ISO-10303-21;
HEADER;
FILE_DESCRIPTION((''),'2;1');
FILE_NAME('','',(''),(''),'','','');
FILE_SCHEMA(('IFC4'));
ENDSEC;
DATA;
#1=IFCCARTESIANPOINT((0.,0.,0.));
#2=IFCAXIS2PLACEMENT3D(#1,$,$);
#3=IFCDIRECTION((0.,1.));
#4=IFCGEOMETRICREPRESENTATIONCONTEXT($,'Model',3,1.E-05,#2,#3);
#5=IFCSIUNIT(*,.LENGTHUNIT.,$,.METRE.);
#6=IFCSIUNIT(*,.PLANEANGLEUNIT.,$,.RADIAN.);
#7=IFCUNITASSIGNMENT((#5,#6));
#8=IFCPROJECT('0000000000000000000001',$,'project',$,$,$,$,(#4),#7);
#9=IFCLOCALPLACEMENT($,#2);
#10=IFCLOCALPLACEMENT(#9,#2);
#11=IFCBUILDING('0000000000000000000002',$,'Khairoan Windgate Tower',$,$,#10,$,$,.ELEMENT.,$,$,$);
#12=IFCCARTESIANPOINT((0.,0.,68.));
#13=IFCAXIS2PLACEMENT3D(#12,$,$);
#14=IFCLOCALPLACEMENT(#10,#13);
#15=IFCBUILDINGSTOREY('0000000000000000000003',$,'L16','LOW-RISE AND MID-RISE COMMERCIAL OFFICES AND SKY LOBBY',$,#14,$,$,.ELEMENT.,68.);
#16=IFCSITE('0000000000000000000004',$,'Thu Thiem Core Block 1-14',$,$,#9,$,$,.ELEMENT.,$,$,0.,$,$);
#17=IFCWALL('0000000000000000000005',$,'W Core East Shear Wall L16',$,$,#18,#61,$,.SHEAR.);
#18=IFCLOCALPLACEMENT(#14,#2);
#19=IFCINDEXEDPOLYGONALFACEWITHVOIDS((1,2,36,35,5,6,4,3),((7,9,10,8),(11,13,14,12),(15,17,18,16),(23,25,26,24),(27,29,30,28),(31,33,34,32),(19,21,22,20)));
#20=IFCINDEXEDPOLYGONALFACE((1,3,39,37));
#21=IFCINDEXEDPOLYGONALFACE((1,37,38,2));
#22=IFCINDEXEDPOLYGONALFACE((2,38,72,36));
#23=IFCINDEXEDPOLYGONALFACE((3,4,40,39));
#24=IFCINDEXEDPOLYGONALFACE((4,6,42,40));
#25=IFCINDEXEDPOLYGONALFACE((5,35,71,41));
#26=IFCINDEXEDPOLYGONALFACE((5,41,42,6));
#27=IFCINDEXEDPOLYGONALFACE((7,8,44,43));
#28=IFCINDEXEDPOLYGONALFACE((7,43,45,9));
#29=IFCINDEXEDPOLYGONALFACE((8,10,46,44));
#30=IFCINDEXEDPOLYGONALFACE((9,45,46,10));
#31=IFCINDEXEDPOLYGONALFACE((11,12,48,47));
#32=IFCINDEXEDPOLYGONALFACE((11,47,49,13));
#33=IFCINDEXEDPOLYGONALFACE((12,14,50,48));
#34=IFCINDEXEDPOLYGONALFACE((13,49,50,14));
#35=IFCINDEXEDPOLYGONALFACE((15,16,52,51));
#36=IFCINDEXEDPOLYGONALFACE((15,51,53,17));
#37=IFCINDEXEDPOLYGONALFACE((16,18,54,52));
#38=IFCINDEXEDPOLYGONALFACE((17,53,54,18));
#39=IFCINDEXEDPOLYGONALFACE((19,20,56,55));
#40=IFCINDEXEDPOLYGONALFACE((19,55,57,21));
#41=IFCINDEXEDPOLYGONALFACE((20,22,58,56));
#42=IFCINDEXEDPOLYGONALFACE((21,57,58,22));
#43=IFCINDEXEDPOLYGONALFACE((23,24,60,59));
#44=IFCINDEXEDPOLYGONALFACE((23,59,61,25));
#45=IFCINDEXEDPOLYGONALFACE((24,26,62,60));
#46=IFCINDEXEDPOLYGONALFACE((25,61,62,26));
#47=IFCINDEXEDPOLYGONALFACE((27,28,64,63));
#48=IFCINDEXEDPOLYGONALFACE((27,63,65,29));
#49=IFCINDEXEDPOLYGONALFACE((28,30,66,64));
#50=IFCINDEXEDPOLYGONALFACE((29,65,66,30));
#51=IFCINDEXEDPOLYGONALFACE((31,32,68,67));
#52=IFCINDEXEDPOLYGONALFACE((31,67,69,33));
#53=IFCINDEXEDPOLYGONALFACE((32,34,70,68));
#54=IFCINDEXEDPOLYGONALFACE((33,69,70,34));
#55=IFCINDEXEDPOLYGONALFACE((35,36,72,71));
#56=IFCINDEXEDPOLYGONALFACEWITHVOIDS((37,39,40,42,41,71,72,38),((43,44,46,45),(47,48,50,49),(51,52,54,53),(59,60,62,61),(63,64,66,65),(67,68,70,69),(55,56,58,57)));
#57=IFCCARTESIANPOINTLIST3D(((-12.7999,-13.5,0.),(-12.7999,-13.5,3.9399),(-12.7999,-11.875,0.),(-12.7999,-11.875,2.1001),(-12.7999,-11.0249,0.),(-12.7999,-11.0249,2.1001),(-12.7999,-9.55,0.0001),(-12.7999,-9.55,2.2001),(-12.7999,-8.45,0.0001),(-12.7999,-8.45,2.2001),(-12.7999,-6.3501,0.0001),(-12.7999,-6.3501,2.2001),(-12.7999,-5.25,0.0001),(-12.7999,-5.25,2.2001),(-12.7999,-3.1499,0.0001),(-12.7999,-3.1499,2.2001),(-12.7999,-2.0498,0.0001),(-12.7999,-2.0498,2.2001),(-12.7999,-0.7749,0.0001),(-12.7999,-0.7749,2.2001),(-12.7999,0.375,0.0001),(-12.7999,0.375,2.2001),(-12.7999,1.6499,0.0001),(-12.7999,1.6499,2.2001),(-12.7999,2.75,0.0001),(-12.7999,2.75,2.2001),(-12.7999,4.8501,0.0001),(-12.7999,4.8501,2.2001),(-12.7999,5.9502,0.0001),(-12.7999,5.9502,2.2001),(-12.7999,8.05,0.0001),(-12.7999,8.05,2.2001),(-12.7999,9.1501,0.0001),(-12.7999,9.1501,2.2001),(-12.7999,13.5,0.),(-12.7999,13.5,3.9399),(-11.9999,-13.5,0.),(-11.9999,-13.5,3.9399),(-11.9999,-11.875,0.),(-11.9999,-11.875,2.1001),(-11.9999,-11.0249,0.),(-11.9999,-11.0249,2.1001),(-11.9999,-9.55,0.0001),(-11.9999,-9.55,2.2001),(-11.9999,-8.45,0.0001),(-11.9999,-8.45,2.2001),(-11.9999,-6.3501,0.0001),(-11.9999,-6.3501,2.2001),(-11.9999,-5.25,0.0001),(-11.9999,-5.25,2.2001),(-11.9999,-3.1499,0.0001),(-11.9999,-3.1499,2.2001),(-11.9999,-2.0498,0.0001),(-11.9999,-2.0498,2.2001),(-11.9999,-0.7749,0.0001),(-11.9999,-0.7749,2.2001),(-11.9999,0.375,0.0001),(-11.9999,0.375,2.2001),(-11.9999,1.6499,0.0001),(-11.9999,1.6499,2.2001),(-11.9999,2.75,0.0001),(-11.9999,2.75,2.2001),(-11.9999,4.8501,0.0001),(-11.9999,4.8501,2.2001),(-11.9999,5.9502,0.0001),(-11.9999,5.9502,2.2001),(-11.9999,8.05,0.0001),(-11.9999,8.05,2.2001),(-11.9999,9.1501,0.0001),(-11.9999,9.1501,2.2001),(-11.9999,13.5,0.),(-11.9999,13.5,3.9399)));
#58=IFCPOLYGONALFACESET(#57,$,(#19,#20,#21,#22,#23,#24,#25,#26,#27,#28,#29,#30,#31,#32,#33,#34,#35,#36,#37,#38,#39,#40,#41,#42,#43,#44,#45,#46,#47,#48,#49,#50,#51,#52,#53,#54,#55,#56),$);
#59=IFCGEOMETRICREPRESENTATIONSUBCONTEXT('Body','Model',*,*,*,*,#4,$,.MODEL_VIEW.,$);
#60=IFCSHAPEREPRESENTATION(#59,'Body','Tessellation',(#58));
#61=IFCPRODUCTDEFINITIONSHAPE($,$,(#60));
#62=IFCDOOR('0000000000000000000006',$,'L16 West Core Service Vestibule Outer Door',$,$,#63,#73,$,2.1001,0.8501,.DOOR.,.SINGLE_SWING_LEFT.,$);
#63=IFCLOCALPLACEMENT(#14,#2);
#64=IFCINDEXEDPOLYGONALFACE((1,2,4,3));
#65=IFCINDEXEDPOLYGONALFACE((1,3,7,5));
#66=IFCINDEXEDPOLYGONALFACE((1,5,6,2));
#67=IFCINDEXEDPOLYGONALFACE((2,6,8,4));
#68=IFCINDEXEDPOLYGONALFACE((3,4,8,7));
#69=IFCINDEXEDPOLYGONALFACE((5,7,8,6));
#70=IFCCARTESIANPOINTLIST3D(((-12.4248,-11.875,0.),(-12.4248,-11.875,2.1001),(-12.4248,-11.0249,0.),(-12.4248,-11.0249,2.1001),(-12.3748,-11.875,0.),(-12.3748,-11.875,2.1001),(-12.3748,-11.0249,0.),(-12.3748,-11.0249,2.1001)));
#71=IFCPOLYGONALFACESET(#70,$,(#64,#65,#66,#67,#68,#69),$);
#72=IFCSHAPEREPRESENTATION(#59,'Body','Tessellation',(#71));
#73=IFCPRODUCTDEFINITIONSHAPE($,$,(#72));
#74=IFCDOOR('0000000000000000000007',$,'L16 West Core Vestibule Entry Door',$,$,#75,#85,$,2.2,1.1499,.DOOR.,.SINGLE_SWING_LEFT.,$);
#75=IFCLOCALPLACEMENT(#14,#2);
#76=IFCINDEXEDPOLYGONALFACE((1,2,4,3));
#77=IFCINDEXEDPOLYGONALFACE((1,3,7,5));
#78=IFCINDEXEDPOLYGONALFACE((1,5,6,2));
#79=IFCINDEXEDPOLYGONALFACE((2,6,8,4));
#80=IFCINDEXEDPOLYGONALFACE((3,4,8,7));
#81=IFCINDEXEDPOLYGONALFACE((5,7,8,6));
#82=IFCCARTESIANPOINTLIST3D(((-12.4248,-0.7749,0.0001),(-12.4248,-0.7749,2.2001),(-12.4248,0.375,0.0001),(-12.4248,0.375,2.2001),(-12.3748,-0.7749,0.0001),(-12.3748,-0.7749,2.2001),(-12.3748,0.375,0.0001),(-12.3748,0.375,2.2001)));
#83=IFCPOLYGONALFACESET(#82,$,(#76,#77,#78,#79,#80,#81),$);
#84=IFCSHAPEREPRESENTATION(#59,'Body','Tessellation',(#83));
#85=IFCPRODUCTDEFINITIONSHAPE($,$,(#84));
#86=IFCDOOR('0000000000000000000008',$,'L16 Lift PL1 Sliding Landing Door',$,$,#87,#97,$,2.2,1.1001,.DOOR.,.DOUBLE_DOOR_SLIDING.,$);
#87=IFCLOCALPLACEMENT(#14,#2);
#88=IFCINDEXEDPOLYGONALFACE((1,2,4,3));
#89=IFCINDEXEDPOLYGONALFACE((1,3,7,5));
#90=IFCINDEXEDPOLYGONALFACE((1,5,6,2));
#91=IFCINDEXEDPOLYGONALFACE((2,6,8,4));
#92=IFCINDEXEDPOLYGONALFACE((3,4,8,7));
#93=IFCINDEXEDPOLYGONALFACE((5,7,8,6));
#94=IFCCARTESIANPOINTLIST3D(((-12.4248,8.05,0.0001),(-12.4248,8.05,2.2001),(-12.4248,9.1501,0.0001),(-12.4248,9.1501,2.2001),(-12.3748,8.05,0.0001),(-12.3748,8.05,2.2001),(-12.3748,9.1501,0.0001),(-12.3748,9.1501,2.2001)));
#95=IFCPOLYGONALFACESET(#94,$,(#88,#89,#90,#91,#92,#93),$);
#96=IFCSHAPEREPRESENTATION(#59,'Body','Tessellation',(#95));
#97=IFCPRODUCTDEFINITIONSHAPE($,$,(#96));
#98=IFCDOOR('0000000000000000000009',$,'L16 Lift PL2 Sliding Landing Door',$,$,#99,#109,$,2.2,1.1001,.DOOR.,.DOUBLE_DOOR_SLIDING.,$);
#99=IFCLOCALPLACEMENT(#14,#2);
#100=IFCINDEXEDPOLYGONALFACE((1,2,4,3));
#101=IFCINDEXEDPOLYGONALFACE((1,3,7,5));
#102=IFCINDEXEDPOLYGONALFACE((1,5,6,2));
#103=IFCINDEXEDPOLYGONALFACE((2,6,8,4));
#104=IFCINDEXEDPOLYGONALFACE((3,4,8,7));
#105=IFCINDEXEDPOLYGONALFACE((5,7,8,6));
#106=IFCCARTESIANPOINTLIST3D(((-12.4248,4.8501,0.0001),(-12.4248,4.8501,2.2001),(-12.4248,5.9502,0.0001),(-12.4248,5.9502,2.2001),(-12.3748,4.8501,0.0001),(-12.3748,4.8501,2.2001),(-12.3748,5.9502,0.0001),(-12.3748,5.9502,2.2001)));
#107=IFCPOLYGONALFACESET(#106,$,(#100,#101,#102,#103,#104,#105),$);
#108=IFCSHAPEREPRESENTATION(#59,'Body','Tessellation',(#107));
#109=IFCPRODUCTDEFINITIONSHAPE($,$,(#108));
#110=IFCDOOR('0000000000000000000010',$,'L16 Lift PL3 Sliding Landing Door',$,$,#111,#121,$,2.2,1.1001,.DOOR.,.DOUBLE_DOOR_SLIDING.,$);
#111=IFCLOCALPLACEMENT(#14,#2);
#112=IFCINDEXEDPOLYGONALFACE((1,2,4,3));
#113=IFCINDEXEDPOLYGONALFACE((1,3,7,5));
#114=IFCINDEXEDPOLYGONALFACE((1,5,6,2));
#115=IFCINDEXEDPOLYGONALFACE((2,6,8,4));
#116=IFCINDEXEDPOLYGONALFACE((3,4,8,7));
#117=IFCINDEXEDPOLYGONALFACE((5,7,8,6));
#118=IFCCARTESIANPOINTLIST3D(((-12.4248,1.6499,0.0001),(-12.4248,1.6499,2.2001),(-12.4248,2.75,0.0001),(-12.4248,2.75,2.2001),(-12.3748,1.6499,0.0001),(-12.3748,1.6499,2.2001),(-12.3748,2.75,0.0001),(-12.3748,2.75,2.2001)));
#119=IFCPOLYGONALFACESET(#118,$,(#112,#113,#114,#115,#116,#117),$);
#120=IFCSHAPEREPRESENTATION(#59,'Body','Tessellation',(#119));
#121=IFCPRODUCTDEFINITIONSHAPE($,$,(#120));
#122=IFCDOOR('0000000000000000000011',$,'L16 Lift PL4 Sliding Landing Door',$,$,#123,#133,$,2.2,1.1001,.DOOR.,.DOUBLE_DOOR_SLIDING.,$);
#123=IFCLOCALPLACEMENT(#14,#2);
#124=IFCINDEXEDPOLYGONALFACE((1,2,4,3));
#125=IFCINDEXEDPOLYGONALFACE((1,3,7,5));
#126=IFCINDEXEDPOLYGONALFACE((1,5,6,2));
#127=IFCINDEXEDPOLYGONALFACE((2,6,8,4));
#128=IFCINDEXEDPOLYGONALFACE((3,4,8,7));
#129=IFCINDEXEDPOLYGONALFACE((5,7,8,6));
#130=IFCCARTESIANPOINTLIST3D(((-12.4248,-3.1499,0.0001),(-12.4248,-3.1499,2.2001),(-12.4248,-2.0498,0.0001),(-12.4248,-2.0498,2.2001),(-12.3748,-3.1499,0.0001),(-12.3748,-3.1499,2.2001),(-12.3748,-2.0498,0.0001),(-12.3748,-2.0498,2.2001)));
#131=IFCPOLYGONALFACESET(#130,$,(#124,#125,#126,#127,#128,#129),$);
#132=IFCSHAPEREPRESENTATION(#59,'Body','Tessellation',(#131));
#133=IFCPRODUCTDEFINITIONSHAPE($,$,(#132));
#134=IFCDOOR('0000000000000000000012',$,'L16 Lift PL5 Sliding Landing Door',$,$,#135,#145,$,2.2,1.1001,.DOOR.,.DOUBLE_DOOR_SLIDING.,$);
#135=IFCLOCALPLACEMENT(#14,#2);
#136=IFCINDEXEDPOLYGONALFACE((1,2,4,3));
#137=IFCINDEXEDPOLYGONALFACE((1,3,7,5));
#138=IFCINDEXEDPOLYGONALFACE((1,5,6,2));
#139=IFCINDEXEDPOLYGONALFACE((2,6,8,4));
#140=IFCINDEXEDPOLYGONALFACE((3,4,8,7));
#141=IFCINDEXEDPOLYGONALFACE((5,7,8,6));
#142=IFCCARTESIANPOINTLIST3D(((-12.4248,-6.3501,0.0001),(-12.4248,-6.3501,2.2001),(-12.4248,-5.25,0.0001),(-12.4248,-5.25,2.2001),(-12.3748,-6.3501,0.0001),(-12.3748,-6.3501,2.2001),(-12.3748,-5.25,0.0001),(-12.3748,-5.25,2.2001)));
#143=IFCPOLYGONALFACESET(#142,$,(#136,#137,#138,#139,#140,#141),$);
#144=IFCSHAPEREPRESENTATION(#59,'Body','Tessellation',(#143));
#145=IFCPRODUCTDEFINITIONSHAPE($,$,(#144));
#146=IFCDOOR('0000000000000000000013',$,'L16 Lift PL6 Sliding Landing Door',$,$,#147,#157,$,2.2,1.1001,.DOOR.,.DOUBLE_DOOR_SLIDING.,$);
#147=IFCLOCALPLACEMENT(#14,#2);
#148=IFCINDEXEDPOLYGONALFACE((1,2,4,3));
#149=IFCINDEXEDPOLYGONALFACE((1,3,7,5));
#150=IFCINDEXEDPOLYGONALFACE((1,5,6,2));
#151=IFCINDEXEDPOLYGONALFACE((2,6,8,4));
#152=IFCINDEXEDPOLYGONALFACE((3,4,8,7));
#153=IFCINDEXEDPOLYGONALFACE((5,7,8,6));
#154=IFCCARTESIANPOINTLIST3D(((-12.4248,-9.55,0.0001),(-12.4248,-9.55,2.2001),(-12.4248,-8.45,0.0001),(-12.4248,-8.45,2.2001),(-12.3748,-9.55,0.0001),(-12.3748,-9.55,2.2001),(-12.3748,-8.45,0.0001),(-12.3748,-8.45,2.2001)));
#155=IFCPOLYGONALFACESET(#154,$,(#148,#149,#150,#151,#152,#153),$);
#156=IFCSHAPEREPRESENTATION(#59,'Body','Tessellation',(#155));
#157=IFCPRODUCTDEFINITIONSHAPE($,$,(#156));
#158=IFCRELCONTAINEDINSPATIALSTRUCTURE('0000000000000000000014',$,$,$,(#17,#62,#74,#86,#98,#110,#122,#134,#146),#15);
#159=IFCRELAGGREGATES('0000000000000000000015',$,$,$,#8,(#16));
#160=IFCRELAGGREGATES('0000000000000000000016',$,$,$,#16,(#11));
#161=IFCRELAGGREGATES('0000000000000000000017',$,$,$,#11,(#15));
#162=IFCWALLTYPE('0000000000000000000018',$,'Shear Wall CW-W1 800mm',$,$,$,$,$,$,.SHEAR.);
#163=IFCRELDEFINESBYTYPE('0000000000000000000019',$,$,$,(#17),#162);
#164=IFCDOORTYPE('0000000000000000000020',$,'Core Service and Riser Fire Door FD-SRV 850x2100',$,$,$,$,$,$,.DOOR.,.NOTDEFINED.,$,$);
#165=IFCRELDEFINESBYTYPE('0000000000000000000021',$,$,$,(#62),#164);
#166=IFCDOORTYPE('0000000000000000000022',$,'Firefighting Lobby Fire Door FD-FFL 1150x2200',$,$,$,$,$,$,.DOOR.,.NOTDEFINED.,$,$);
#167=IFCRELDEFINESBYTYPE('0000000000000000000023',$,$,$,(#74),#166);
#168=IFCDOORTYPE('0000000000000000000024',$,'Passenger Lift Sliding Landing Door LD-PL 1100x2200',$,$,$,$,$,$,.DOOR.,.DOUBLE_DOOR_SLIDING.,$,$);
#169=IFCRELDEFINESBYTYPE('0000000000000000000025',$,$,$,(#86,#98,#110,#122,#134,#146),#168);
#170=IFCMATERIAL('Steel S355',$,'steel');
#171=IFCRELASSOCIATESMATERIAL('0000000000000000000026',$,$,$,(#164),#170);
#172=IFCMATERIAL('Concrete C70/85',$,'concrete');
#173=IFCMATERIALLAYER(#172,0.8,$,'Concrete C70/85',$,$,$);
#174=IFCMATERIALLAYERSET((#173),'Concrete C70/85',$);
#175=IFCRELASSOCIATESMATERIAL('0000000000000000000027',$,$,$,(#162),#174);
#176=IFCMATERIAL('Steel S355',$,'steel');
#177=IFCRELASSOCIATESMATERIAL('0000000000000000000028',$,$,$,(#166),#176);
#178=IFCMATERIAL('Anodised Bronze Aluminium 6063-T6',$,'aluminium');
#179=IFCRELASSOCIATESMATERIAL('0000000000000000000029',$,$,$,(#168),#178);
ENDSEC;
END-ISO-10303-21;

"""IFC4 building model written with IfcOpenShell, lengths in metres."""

from ifc_helpers import new_model, si_unit, direction, frame, frame_2d, origin, place, context, subcontext, project, spatial, rectangle, extrude, material, layer, layer_set, type_object, element, fill, save


model = new_model("IFC4")

# Units and contexts
model_context = context("Model", 3, precision=1e-05, world=origin(), true_north=direction((0.0, 1.0)))
body_context = subcontext(model_context, "Body", "Model", "MODEL_VIEW")
ifc_project = project(units=[si_unit("LENGTHUNIT", "METRE"), si_unit("PLANEANGLEUNIT", "RADIAN")], contexts=[model_context])

# Site, building, storey
site_placement = place(None, origin())
site = spatial("IfcSite", under=ifc_project, at=site_placement, Name="Thu Thiem Core Block 1-14", CompositionType="ELEMENT", RefElevation=0.0)
building_placement = place(site_placement, origin())
building = spatial("IfcBuilding", under=site, at=building_placement, Name="Khairoan Windgate Tower", CompositionType="ELEMENT")
storey_placement = place(building_placement, frame((0.0, 0.0, 68.0)))
storey = spatial("IfcBuildingStorey", under=building, at=storey_placement, Name="L16", Description="LOW-RISE AND MID-RISE COMMERCIAL OFFICES AND SKY LOBBY", CompositionType="ELEMENT", Elevation=68.0)

# Shared definitions
ifc_material_1 = material(Name="Steel S355", Category="steel")
door_type_1 = type_object("IfcDoorType", Name="Core Service and Riser Fire Door FD-SRV 850x2100", OperationType="NOTDEFINED", PredefinedType="DOOR", material=ifc_material_1)

# Wall, openings, doors
ifc_material_2 = material(Name="Concrete C70/85", Category="concrete")
ifc_layer_1 = layer(ifc_material_2, 0.8, Name="Concrete C70/85")
ifc_layer_set_1 = layer_set([ifc_layer_1], Name="Concrete C70/85")
wall_type_1 = type_object("IfcWallType", Name="Shear Wall CW-W1 800mm", PredefinedType="SHEAR", material=ifc_layer_set_1)
wall_1_placement = place(storey_placement, frame((-12.3999, -13.5, 0.0), z_axis=(0.0, 0.0, 1.0), x_axis=(0.0, 1.0, 0.0)))
wall_1 = element("IfcWall", 1, at=wall_1_placement, inside=storey, type_object=wall_type_1, Name="W Core East Shear Wall L16", PredefinedType="SHEAR", context=body_context, shape_type="SweptSolid", body=[
    extrude(rectangle(XDim=27.0, YDim=0.8, at=frame_2d((13.5, 0.0))), origin(), (0.0, 0.0, 1.0), 3.9399),
])
opening_1_placement = place(wall_1_placement, frame((21.55, 0.0, 0.0)))
opening_1 = element("IfcOpeningElement", 2, at=opening_1_placement, cuts=wall_1, PredefinedType="OPENING", context=body_context, shape_type="SweptSolid", body=[
    extrude(rectangle(XDim=1.1001, YDim=2.2, at=frame_2d((0.55, 1.1001))), frame((0.0, 0.4099, 0.0), z_axis=(0.0, -1.0, 0.0), x_axis=(1.0, 0.0, 0.0)), (0.0, 0.0, 1.0), 0.8201),
])
opening_2_placement = place(wall_1_placement, frame((18.3501, 0.0, 0.0)))
opening_2 = element("IfcOpeningElement", 3, at=opening_2_placement, cuts=wall_1, PredefinedType="OPENING", context=body_context, shape_type="SweptSolid", body=[
    extrude(rectangle(XDim=1.1001, YDim=2.2, at=frame_2d((0.55, 1.1001))), frame((0.0, 0.4099, 0.0), z_axis=(0.0, -1.0, 0.0), x_axis=(1.0, 0.0, 0.0)), (0.0, 0.0, 1.0), 0.8201),
])
opening_3_placement = place(wall_1_placement, frame((15.1499, 0.0, 0.0)))
opening_3 = element("IfcOpeningElement", 4, at=opening_3_placement, cuts=wall_1, PredefinedType="OPENING", context=body_context, shape_type="SweptSolid", body=[
    extrude(rectangle(XDim=1.1001, YDim=2.2, at=frame_2d((0.55, 1.1001))), frame((0.0, 0.4099, 0.0), z_axis=(0.0, -1.0, 0.0), x_axis=(1.0, 0.0, 0.0)), (0.0, 0.0, 1.0), 0.8201),
])
opening_4_placement = place(wall_1_placement, frame((10.3501, 0.0, 0.0)))
opening_4 = element("IfcOpeningElement", 5, at=opening_4_placement, cuts=wall_1, PredefinedType="OPENING", context=body_context, shape_type="SweptSolid", body=[
    extrude(rectangle(XDim=1.1001, YDim=2.2, at=frame_2d((0.55, 1.1001))), frame((0.0, 0.4099, 0.0), z_axis=(0.0, -1.0, 0.0), x_axis=(1.0, 0.0, 0.0)), (0.0, 0.0, 1.0), 0.8201),
])
opening_5_placement = place(wall_1_placement, frame((7.1499, 0.0, 0.0)))
opening_5 = element("IfcOpeningElement", 6, at=opening_5_placement, cuts=wall_1, PredefinedType="OPENING", context=body_context, shape_type="SweptSolid", body=[
    extrude(rectangle(XDim=1.1001, YDim=2.2, at=frame_2d((0.55, 1.1001))), frame((0.0, 0.4099, 0.0), z_axis=(0.0, -1.0, 0.0), x_axis=(1.0, 0.0, 0.0)), (0.0, 0.0, 1.0), 0.8201),
])
opening_6_placement = place(wall_1_placement, frame((3.95, 0.0, 0.0)))
opening_6 = element("IfcOpeningElement", 7, at=opening_6_placement, cuts=wall_1, PredefinedType="OPENING", context=body_context, shape_type="SweptSolid", body=[
    extrude(rectangle(XDim=1.1001, YDim=2.2, at=frame_2d((0.55, 1.1001))), frame((0.0, 0.4099, 0.0), z_axis=(0.0, -1.0, 0.0), x_axis=(1.0, 0.0, 0.0)), (0.0, 0.0, 1.0), 0.8201),
])
opening_7_placement = place(wall_1_placement, frame((12.7251, 0.0, 0.0)))
opening_7 = element("IfcOpeningElement", 8, at=opening_7_placement, cuts=wall_1, PredefinedType="OPENING", context=body_context, shape_type="SweptSolid", body=[
    extrude(rectangle(XDim=1.1499, YDim=2.2, at=frame_2d((0.575, 1.1001))), frame((0.0, 0.4099, 0.0), z_axis=(0.0, -1.0, 0.0), x_axis=(1.0, 0.0, 0.0)), (0.0, 0.0, 1.0), 0.8201),
])
opening_8_placement = place(wall_1_placement, frame((1.625, 0.0, 0.0)))
opening_8 = element("IfcOpeningElement", 9, at=opening_8_placement, cuts=wall_1, PredefinedType="OPENING", context=body_context, shape_type="SweptSolid", body=[
    extrude(rectangle(XDim=0.8501, YDim=2.1001, at=frame_2d((0.425, 1.05))), frame((0.0, 0.4099, 0.0), z_axis=(0.0, -1.0, 0.0), x_axis=(1.0, 0.0, 0.0)), (0.0, 0.0, 1.0), 0.8201),
])
door_1_placement = place(opening_8_placement, origin())
door_1 = element("IfcDoor", 10, at=door_1_placement, inside=storey, type_object=door_type_1, Name="L16 West Core Service Vestibule Outer Door", OperationType="SINGLE_SWING_LEFT", OverallHeight=2.1001, OverallWidth=0.8501, PredefinedType="DOOR", context=body_context, shape_type="SweptSolid", body=[
    extrude(rectangle(XDim=0.8501, YDim=2.1001, at=frame_2d((0.425, 1.05))), frame((0.0, 0.0249, 0.0), z_axis=(0.0, -1.0, 0.0), x_axis=(1.0, 0.0, 0.0)), (0.0, 0.0, 1.0), 0.05),
])
fill(opening_8, door_1)
ifc_material_3 = material(Name="Steel S355", Category="steel")
door_type_2 = type_object("IfcDoorType", Name="Firefighting Lobby Fire Door FD-FFL 1150x2200", OperationType="NOTDEFINED", PredefinedType="DOOR", material=ifc_material_3)
door_2_placement = place(opening_7_placement, origin())
door_2 = element("IfcDoor", 11, at=door_2_placement, inside=storey, type_object=door_type_2, Name="L16 West Core Vestibule Entry Door", OperationType="SINGLE_SWING_LEFT", OverallHeight=2.2, OverallWidth=1.1499, PredefinedType="DOOR", context=body_context, shape_type="SweptSolid", body=[
    extrude(rectangle(XDim=1.1499, YDim=2.2, at=frame_2d((0.575, 1.1001))), frame((0.0, 0.0249, 0.0), z_axis=(0.0, -1.0, 0.0), x_axis=(1.0, 0.0, 0.0)), (0.0, 0.0, 1.0), 0.05),
])
fill(opening_7, door_2)
ifc_material_4 = material(Name="Anodised Bronze Aluminium 6063-T6", Category="aluminium")
door_type_3 = type_object("IfcDoorType", Name="Passenger Lift Sliding Landing Door LD-PL 1100x2200", OperationType="DOUBLE_DOOR_SLIDING", PredefinedType="DOOR", material=ifc_material_4)
door_3_placement = place(opening_1_placement, origin())
door_3 = element("IfcDoor", 12, at=door_3_placement, inside=storey, type_object=door_type_3, Name="L16 Lift PL1 Sliding Landing Door", OperationType="DOUBLE_DOOR_SLIDING", OverallHeight=2.2, OverallWidth=1.1001, PredefinedType="DOOR", context=body_context, shape_type="SweptSolid", body=[
    extrude(rectangle(XDim=1.1001, YDim=2.2, at=frame_2d((0.55, 1.1001))), frame((0.0, 0.0249, 0.0), z_axis=(0.0, -1.0, 0.0), x_axis=(1.0, 0.0, 0.0)), (0.0, 0.0, 1.0), 0.05),
])
fill(opening_1, door_3)
door_4_placement = place(opening_2_placement, origin())
door_4 = element("IfcDoor", 13, at=door_4_placement, inside=storey, type_object=door_type_3, Name="L16 Lift PL2 Sliding Landing Door", OperationType="DOUBLE_DOOR_SLIDING", OverallHeight=2.2, OverallWidth=1.1001, PredefinedType="DOOR", context=body_context, shape_type="SweptSolid", body=[
    extrude(rectangle(XDim=1.1001, YDim=2.2, at=frame_2d((0.55, 1.1001))), frame((0.0, 0.0249, 0.0), z_axis=(0.0, -1.0, 0.0), x_axis=(1.0, 0.0, 0.0)), (0.0, 0.0, 1.0), 0.05),
])
fill(opening_2, door_4)
door_5_placement = place(opening_3_placement, origin())
door_5 = element("IfcDoor", 14, at=door_5_placement, inside=storey, type_object=door_type_3, Name="L16 Lift PL3 Sliding Landing Door", OperationType="DOUBLE_DOOR_SLIDING", OverallHeight=2.2, OverallWidth=1.1001, PredefinedType="DOOR", context=body_context, shape_type="SweptSolid", body=[
    extrude(rectangle(XDim=1.1001, YDim=2.2, at=frame_2d((0.55, 1.1001))), frame((0.0, 0.0249, 0.0), z_axis=(0.0, -1.0, 0.0), x_axis=(1.0, 0.0, 0.0)), (0.0, 0.0, 1.0), 0.05),
])
fill(opening_3, door_5)
door_6_placement = place(opening_4_placement, origin())
door_6 = element("IfcDoor", 15, at=door_6_placement, inside=storey, type_object=door_type_3, Name="L16 Lift PL4 Sliding Landing Door", OperationType="DOUBLE_DOOR_SLIDING", OverallHeight=2.2, OverallWidth=1.1001, PredefinedType="DOOR", context=body_context, shape_type="SweptSolid", body=[
    extrude(rectangle(XDim=1.1001, YDim=2.2, at=frame_2d((0.55, 1.1001))), frame((0.0, 0.0249, 0.0), z_axis=(0.0, -1.0, 0.0), x_axis=(1.0, 0.0, 0.0)), (0.0, 0.0, 1.0), 0.05),
])
fill(opening_4, door_6)
door_7_placement = place(opening_5_placement, origin())
door_7 = element("IfcDoor", 16, at=door_7_placement, inside=storey, type_object=door_type_3, Name="L16 Lift PL5 Sliding Landing Door", OperationType="DOUBLE_DOOR_SLIDING", OverallHeight=2.2, OverallWidth=1.1001, PredefinedType="DOOR", context=body_context, shape_type="SweptSolid", body=[
    extrude(rectangle(XDim=1.1001, YDim=2.2, at=frame_2d((0.55, 1.1001))), frame((0.0, 0.0249, 0.0), z_axis=(0.0, -1.0, 0.0), x_axis=(1.0, 0.0, 0.0)), (0.0, 0.0, 1.0), 0.05),
])
fill(opening_5, door_7)
door_8_placement = place(opening_6_placement, origin())
door_8 = element("IfcDoor", 17, at=door_8_placement, inside=storey, type_object=door_type_3, Name="L16 Lift PL6 Sliding Landing Door", OperationType="DOUBLE_DOOR_SLIDING", OverallHeight=2.2, OverallWidth=1.1001, PredefinedType="DOOR", context=body_context, shape_type="SweptSolid", body=[
    extrude(rectangle(XDim=1.1001, YDim=2.2, at=frame_2d((0.55, 1.1001))), frame((0.0, 0.0249, 0.0), z_axis=(0.0, -1.0, 0.0), x_axis=(1.0, 0.0, 0.0)), (0.0, 0.0, 1.0), 0.05),
])
fill(opening_6, door_8)

save(model, "model.ifc")
